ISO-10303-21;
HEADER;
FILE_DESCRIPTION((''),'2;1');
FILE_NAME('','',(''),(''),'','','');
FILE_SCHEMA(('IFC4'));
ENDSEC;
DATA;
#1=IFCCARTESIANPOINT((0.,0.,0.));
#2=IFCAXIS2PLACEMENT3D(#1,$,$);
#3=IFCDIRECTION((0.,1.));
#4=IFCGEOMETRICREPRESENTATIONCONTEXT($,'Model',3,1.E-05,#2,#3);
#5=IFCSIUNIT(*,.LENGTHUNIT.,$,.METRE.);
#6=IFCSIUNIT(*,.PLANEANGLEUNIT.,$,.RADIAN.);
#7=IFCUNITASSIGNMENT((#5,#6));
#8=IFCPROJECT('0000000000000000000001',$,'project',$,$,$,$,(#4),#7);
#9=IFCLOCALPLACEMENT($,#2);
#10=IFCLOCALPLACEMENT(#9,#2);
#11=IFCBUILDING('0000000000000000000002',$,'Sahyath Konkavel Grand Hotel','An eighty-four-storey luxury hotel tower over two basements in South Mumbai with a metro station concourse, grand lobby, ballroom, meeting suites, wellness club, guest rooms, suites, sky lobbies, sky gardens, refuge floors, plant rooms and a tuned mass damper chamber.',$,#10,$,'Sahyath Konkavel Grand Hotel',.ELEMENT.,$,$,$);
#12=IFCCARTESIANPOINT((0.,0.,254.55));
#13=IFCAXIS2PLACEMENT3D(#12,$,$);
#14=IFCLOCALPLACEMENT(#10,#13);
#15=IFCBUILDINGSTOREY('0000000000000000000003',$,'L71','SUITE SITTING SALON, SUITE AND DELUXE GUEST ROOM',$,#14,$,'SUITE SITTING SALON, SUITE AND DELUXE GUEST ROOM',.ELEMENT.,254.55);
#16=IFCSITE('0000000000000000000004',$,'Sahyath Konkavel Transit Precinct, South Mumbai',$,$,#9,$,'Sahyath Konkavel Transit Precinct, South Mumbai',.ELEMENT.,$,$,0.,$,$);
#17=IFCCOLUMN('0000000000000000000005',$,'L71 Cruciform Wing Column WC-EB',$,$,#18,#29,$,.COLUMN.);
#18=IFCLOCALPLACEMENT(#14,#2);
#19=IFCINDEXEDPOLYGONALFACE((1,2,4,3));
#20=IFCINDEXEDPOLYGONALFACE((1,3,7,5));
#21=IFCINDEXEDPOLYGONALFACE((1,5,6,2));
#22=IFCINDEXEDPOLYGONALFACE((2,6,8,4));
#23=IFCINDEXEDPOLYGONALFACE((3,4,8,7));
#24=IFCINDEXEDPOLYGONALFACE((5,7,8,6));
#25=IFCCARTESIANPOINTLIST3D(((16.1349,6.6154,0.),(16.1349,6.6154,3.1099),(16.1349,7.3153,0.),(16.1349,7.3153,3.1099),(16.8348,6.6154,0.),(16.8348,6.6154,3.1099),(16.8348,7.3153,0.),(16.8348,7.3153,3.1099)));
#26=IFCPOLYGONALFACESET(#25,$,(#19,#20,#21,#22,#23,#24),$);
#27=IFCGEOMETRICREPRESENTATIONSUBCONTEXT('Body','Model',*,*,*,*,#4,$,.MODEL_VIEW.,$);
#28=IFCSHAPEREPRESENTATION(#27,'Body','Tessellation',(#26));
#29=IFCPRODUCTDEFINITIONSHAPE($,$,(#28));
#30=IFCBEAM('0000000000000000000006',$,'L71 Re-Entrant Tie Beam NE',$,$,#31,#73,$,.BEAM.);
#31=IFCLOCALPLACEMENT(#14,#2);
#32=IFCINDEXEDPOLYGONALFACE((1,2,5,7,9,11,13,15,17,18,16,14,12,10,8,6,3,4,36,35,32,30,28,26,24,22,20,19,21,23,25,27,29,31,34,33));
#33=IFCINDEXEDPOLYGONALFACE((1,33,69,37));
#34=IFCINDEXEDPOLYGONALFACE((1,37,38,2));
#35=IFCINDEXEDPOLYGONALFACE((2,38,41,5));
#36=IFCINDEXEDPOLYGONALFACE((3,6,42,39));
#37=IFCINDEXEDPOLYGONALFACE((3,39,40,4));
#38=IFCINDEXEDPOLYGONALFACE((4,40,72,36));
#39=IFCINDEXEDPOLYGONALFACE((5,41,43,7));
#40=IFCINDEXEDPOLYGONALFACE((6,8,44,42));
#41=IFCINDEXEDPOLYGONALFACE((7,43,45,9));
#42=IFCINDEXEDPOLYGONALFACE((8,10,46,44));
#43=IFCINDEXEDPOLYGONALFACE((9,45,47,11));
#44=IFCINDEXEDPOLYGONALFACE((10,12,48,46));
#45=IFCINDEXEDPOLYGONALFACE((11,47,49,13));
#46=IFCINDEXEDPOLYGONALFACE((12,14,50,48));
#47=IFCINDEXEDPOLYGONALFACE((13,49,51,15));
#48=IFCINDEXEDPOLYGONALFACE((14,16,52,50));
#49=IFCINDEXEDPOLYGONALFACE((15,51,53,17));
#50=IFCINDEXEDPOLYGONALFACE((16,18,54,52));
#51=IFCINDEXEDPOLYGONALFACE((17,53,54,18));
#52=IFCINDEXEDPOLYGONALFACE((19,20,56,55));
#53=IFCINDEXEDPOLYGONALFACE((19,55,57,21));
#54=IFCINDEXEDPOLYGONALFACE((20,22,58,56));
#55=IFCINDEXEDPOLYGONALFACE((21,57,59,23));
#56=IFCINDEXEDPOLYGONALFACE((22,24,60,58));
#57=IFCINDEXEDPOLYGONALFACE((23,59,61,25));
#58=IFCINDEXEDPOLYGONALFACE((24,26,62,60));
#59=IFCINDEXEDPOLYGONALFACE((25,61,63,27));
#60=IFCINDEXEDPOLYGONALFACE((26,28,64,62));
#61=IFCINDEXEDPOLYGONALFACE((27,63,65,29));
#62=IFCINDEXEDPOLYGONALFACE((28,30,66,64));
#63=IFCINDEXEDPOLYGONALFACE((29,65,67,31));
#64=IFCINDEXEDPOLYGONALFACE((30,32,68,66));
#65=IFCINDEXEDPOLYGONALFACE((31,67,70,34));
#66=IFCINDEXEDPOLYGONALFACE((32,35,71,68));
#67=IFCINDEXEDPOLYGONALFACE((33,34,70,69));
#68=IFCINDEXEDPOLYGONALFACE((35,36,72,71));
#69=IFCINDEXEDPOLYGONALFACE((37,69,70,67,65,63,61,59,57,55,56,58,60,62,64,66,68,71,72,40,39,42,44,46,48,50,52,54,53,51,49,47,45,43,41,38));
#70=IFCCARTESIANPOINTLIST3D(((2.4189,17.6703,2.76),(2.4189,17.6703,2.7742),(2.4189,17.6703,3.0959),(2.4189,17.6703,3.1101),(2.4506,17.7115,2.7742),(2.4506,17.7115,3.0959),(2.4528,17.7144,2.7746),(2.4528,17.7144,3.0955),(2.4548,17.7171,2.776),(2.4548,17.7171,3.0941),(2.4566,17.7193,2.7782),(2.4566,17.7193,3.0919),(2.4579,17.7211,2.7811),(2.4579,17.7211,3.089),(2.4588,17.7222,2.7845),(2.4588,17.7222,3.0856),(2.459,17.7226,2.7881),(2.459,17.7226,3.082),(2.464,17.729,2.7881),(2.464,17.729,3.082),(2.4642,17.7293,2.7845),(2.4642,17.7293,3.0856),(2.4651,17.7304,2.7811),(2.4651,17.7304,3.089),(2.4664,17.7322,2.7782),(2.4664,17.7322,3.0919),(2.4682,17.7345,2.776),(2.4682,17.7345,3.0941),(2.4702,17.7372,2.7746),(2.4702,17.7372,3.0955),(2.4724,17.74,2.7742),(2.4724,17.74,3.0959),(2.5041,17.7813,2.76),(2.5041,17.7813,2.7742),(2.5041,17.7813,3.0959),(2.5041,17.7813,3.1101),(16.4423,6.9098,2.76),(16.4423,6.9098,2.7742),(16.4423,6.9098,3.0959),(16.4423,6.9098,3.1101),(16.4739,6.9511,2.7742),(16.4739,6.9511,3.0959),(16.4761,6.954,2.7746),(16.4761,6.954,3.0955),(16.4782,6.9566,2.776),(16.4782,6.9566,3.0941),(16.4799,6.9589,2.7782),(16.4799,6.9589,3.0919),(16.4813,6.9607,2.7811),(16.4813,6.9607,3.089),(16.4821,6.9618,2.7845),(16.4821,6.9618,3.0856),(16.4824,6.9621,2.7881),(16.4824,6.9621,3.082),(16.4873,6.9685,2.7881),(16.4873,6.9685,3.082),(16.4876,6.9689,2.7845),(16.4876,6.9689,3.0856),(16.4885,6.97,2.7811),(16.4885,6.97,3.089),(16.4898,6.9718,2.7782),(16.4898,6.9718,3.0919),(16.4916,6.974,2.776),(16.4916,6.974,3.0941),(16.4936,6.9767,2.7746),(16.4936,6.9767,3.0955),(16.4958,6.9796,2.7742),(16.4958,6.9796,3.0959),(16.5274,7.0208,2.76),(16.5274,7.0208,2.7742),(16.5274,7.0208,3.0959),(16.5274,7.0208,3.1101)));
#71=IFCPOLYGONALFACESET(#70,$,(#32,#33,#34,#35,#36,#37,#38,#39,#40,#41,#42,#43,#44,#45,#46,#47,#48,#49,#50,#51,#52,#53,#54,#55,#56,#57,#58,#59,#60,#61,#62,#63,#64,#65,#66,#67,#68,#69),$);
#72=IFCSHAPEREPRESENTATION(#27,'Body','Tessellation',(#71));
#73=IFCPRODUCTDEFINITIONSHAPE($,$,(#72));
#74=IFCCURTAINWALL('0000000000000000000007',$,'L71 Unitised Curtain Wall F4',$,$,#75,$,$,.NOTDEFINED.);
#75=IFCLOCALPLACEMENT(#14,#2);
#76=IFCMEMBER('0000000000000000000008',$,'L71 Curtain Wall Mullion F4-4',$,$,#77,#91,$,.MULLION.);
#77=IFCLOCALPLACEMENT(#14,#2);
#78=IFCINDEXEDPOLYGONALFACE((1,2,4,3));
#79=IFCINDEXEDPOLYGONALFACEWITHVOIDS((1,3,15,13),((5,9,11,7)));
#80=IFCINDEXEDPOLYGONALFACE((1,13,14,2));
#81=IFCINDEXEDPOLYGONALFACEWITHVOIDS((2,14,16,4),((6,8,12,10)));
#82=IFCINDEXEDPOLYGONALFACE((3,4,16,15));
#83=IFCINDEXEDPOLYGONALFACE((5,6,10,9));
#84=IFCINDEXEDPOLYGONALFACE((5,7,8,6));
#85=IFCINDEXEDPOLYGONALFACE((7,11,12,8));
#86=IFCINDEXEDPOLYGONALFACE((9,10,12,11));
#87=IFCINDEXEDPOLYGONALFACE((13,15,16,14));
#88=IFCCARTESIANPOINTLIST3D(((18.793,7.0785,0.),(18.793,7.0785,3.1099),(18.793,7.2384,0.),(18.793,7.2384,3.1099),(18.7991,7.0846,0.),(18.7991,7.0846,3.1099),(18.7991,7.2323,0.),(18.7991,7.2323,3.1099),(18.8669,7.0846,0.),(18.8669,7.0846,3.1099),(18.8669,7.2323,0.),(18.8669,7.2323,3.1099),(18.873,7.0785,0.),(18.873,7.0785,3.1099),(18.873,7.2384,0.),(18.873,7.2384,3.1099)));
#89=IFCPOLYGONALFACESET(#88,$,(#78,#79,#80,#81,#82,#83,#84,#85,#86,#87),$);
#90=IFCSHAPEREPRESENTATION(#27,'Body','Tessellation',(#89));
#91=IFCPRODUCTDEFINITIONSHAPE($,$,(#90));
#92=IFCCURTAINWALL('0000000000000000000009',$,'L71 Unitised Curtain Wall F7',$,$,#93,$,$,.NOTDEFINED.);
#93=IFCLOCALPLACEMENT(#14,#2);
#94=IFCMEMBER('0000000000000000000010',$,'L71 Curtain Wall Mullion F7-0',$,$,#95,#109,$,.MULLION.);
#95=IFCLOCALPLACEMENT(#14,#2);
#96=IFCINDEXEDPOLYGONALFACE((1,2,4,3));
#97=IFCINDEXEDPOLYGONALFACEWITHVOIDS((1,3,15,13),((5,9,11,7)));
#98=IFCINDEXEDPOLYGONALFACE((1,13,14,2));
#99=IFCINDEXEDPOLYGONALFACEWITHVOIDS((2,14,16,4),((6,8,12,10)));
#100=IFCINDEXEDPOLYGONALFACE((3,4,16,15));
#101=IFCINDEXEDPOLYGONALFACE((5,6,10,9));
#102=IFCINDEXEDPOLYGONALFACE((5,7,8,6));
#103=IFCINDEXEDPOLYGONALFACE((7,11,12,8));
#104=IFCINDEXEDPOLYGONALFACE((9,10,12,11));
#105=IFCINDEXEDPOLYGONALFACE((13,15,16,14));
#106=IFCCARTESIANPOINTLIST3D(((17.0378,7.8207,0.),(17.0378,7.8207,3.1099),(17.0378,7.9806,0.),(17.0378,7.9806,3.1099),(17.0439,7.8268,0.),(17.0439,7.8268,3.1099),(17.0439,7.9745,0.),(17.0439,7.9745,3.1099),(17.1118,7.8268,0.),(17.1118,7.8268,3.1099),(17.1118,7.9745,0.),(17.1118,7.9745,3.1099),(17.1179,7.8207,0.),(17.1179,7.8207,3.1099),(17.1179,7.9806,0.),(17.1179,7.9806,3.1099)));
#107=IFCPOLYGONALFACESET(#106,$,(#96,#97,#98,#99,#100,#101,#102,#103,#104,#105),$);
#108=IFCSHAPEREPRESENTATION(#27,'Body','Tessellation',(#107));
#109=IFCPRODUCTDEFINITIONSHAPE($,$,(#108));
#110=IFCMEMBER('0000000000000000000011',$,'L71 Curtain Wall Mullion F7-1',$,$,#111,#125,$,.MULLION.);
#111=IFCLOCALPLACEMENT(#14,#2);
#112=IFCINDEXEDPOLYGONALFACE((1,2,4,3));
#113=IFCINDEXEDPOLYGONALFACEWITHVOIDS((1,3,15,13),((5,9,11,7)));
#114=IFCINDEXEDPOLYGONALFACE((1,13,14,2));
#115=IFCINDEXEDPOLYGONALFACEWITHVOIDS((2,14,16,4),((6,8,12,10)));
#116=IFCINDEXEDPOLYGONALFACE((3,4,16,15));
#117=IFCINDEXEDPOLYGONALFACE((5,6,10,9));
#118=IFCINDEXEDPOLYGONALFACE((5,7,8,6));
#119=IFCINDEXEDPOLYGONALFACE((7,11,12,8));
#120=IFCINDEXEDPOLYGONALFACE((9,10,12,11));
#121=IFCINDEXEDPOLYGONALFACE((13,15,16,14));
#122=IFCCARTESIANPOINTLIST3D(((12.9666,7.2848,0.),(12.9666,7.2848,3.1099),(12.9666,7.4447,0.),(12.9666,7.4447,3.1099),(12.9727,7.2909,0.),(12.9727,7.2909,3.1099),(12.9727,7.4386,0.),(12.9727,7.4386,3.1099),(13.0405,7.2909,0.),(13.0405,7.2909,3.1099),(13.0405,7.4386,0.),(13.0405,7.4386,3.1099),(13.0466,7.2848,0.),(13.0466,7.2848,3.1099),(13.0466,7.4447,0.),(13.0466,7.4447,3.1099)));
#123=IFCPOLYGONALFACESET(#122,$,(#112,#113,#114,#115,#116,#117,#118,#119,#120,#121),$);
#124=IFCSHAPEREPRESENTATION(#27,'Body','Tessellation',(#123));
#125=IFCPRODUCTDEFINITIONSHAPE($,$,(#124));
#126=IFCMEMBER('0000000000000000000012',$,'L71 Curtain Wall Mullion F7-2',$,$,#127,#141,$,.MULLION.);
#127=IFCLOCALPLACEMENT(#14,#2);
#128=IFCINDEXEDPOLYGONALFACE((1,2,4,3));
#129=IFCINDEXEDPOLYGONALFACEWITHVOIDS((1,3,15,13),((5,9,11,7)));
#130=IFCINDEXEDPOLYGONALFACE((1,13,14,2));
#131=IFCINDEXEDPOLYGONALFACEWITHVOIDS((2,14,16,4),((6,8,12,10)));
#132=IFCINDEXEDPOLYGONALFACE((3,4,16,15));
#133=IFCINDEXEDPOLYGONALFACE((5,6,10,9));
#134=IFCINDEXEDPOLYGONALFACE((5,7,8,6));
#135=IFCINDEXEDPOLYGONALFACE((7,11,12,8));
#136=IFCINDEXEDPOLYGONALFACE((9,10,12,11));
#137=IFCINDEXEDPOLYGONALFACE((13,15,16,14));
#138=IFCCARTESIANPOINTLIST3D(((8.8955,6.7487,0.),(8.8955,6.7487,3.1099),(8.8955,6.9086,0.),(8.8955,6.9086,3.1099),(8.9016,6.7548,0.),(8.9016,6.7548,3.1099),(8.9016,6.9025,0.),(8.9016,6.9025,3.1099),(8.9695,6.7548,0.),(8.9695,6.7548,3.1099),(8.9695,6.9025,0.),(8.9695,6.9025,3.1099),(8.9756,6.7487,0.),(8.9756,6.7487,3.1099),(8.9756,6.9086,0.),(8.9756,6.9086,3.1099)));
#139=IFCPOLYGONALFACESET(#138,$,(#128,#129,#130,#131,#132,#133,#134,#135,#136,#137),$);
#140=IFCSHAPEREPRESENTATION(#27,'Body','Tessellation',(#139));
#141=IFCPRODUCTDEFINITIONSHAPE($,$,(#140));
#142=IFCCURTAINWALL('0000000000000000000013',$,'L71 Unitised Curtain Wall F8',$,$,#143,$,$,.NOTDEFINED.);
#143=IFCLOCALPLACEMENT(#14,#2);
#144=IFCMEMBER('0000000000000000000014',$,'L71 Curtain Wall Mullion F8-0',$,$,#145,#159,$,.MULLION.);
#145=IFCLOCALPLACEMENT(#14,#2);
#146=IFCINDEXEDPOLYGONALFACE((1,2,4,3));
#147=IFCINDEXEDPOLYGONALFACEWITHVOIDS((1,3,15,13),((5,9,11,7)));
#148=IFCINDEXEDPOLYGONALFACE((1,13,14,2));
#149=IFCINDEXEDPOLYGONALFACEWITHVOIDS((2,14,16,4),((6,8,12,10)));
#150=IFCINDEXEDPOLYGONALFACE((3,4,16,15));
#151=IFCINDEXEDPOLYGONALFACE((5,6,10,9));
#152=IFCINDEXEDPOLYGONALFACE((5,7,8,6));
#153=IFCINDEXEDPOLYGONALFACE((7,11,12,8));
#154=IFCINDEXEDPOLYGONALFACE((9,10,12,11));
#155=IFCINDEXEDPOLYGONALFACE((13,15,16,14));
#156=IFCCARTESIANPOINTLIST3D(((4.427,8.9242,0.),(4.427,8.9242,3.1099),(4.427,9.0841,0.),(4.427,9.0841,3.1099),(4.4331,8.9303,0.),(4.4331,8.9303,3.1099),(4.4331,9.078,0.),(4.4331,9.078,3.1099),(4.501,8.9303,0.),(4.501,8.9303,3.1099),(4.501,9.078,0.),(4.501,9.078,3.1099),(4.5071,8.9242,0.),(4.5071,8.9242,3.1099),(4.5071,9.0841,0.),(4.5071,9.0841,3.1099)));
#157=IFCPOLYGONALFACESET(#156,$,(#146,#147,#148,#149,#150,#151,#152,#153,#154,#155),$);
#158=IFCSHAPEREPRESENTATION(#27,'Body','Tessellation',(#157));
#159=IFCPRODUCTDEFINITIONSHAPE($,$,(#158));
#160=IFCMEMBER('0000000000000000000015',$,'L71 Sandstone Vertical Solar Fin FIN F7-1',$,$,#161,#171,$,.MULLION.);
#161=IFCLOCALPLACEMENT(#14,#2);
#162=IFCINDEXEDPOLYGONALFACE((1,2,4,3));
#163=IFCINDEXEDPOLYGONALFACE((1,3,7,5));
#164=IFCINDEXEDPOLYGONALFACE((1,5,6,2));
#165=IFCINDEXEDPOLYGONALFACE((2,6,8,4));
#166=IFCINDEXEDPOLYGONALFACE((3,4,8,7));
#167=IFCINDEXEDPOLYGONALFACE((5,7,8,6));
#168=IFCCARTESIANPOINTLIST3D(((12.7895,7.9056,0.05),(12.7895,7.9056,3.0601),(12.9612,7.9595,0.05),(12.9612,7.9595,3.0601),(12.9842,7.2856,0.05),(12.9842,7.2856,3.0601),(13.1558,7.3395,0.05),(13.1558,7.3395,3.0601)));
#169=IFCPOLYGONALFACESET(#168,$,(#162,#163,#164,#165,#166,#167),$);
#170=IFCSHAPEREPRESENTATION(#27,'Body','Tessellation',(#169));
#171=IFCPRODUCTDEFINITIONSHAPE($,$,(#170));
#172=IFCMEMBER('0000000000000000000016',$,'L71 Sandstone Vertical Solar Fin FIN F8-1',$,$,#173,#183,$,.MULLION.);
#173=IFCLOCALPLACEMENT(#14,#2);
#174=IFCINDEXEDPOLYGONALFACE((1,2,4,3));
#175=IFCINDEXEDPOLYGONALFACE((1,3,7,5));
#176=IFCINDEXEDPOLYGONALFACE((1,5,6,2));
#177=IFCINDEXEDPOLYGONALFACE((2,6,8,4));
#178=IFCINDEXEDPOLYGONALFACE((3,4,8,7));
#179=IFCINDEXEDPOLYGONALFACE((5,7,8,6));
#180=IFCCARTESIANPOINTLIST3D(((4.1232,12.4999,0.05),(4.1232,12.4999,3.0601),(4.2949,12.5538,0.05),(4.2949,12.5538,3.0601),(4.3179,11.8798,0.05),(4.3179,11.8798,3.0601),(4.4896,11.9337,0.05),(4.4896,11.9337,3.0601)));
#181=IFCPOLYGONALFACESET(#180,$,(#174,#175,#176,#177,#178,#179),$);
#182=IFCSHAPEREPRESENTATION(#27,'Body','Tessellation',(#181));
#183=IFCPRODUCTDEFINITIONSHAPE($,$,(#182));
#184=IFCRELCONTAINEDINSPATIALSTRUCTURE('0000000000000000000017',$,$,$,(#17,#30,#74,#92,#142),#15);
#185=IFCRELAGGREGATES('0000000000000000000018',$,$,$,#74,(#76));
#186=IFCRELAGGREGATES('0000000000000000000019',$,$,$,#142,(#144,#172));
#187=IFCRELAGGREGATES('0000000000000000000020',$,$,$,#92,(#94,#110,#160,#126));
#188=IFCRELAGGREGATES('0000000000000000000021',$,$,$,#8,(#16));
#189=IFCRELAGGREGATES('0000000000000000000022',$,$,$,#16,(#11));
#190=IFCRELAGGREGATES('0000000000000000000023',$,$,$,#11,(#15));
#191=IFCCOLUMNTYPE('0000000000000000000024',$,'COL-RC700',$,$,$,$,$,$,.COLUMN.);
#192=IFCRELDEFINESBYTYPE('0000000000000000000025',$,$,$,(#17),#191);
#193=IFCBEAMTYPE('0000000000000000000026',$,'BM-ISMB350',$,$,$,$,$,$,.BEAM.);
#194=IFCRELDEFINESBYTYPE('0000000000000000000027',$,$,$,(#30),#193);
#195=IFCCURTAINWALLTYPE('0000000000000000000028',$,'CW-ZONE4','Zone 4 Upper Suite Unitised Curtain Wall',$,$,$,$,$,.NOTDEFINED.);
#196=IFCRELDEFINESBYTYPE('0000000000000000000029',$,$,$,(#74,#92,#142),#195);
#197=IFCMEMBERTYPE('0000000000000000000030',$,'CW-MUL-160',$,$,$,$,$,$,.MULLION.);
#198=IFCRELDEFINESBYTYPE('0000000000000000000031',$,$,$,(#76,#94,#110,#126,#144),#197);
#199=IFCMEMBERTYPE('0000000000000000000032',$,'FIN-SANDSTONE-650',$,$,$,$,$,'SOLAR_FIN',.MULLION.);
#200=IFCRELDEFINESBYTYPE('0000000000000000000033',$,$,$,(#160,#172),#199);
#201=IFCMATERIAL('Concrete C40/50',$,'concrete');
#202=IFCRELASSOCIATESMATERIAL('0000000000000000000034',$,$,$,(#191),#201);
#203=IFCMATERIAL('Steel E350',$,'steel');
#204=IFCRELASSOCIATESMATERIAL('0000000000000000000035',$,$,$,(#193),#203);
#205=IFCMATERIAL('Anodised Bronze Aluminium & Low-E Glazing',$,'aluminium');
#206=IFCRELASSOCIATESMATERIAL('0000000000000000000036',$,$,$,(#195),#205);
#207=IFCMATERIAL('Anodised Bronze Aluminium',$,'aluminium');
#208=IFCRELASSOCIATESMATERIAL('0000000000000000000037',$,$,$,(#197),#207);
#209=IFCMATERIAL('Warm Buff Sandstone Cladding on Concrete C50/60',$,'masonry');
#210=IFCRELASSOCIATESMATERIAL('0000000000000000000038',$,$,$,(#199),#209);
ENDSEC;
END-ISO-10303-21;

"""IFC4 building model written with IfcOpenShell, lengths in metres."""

from ifc_helpers import new_model, si_unit, direction, frame, origin, origin_2d, place, context, subcontext, project, spatial, rectangle, hollow_rectangle, i_section, extrude, source, transform, mapped, material, material_profile, profile_set, type_object, element, aggregate, save


model = new_model("IFC4")

# Units and contexts
model_context = context("Model", 3, precision=1e-05, world=origin(), true_north=direction((0.0, 1.0)))
body_context = subcontext(model_context, "Body", "Model", "MODEL_VIEW")
ifc_project = project(units=[si_unit("LENGTHUNIT", "METRE"), si_unit("PLANEANGLEUNIT", "RADIAN")], contexts=[model_context])

# Site, building, storey
site_placement = place(None, origin())
site = spatial("IfcSite", under=ifc_project, at=site_placement, Name="Sahyath Konkavel Transit Precinct, South Mumbai", LongName="Sahyath Konkavel Transit Precinct, South Mumbai", CompositionType="ELEMENT", RefElevation=0.0)
building_placement = place(site_placement, origin())
building = spatial("IfcBuilding", under=site, at=building_placement, Name="Sahyath Konkavel Grand Hotel", Description="An eighty-four-storey luxury hotel tower over two basements in South Mumbai with a metro station concourse, grand lobby, ballroom, meeting suites, wellness club, guest rooms, suites, sky lobbies, sky gardens, refuge floors, plant rooms and a tuned mass damper chamber.", LongName="Sahyath Konkavel Grand Hotel", CompositionType="ELEMENT")
storey_placement = place(building_placement, frame((0.0, 0.0, 254.55)))
storey = spatial("IfcBuildingStorey", under=building, at=storey_placement, Name="L71", Description="SUITE SITTING SALON, SUITE AND DELUXE GUEST ROOM", LongName="SUITE SITTING SALON, SUITE AND DELUXE GUEST ROOM", CompositionType="ELEMENT", Elevation=254.55)

# Column
ifc_material_1 = material(Name="Concrete C40/50", Category="concrete")
ifc_material_profile_1 = material_profile(ifc_material_1, rectangle(XDim=0.7, YDim=0.7, at=origin_2d()), Name="RC 700x700")
ifc_profile_set_1 = profile_set([ifc_material_profile_1], Name="Concrete C40/50")
column_type = type_object("IfcColumnType", Name="COL-RC700", PredefinedType="COLUMN", material=ifc_profile_set_1)
shared_shape_1 = source(origin(), body_context, "Body", "SweptSolid", [
    extrude(rectangle(XDim=0.7, YDim=0.7, at=origin_2d()), origin(), (0.0, 0.0, 1.0), 3.1099),
])
column_placement = place(storey_placement, frame((16.4849, 6.9653, 0.0), z_axis=(0.0, 0.0, 1.0), x_axis=(1.0, 0.0, 0.0)))
element("IfcColumn", 1, at=column_placement, inside=storey, type_object=column_type, Name="L71 Cruciform Wing Column WC-EB", PredefinedType="COLUMN", context=body_context, shape_type="MappedRepresentation", body=[
    mapped(shared_shape_1, transform((0.0, 0.0, 0.0), scale=1.0)),
])

# Beam
ifc_material_2 = material(Name="Steel E350", Category="steel")
ifc_material_profile_2 = material_profile(ifc_material_2, i_section(OverallWidth=0.1399, OverallDepth=0.3501, WebThickness=0.0081, FlangeThickness=0.0142, FilletRadius=0.0139, at=origin_2d()), Name="ISMB 350")
ifc_profile_set_2 = profile_set([ifc_material_profile_2], Name="Steel E350")
beam_type = type_object("IfcBeamType", Name="BM-ISMB350", PredefinedType="BEAM", material=ifc_profile_set_2)
shared_shape_2 = source(origin(), body_context, "Body", "SweptSolid", [
    extrude(i_section(OverallWidth=0.1399, OverallDepth=0.3501, WebThickness=0.0081, FlangeThickness=0.0142, FilletRadius=0.0139, at=origin_2d()), origin(), (0.0, 0.0, 1.0), 17.676),
])
beam_placement = place(storey_placement, frame((16.4849, 6.9653, 2.9351), z_axis=(-0.793355, 0.608759, 0.0), x_axis=(-0.608759, -0.793355, 0.0)))
element("IfcBeam", 2, at=beam_placement, inside=storey, type_object=beam_type, Name="L71 Re-Entrant Tie Beam NE", PredefinedType="BEAM", context=body_context, shape_type="MappedRepresentation", body=[
    mapped(shared_shape_2, transform((0.0, 0.0, 0.0), scale=1.0)),
])

# Curtain wall, member
ifc_material_3 = material(Name="Anodised Bronze Aluminium & Low-E Glazing", Category="aluminium")
curtain_wall_type = type_object("IfcCurtainWallType", Name="CW-ZONE4", Description="Zone 4 Upper Suite Unitised Curtain Wall", PredefinedType="NOTDEFINED", material=ifc_material_3)
curtain_wall_1_placement = place(storey_placement, origin())
curtain_wall_1 = element("IfcCurtainWall", 3, at=curtain_wall_1_placement, inside=storey, type_object=curtain_wall_type, Name="L71 Unitised Curtain Wall F4", PredefinedType="NOTDEFINED")
ifc_material_4 = material(Name="Anodised Bronze Aluminium", Category="aluminium")
ifc_material_profile_3 = material_profile(ifc_material_4, hollow_rectangle(XDim=0.0801, YDim=0.1599, WallThickness=0.0061, at=origin_2d()), Name="RHS 160x80x6")
ifc_profile_set_3 = profile_set([ifc_material_profile_3], Name="Anodised Bronze Aluminium")
member_type_1 = type_object("IfcMemberType", Name="CW-MUL-160", PredefinedType="MULLION", material=ifc_profile_set_3)
shared_shape_3 = source(origin(), body_context, "Body", "SweptSolid", [
    extrude(hollow_rectangle(XDim=0.0801, YDim=0.1599, WallThickness=0.0061, at=origin_2d()), origin(), (0.0, 0.0, 1.0), 3.1099),
])
member_1_placement = place(storey_placement, frame((18.833, 7.1584, 0.0), z_axis=(0.0, 0.0, 1.0), x_axis=(1.0, 0.0, 0.0)))
member_1 = element("IfcMember", 4, at=member_1_placement, type_object=member_type_1, Name="L71 Curtain Wall Mullion F4-4", PredefinedType="MULLION", context=body_context, shape_type="MappedRepresentation", body=[
    mapped(shared_shape_3, transform((0.0, 0.0, 0.0), scale=1.0)),
])
aggregate(curtain_wall_1, [member_1])

# Curtain wall, members
curtain_wall_2_placement = place(storey_placement, origin())
curtain_wall_2 = element("IfcCurtainWall", 5, at=curtain_wall_2_placement, inside=storey, type_object=curtain_wall_type, Name="L71 Unitised Curtain Wall F7", PredefinedType="NOTDEFINED")
member_2_placement = place(storey_placement, frame((17.0779, 7.9006, 0.0), z_axis=(0.0, 0.0, 1.0), x_axis=(1.0, 0.0, 0.0)))
member_2 = element("IfcMember", 6, at=member_2_placement, type_object=member_type_1, Name="L71 Curtain Wall Mullion F7-0", PredefinedType="MULLION", context=body_context, shape_type="MappedRepresentation", body=[
    mapped(shared_shape_3, transform((0.0, 0.0, 0.0), scale=1.0)),
])
member_3_placement = place(storey_placement, frame((13.0066, 7.3647, 0.0), z_axis=(0.0, 0.0, 1.0), x_axis=(1.0, 0.0, 0.0)))
member_3 = element("IfcMember", 7, at=member_3_placement, type_object=member_type_1, Name="L71 Curtain Wall Mullion F7-1", PredefinedType="MULLION", context=body_context, shape_type="MappedRepresentation", body=[
    mapped(shared_shape_3, transform((0.0, 0.0, 0.0), scale=1.0)),
])
member_4_placement = place(storey_placement, frame((8.9355, 6.8286, 0.0), z_axis=(0.0, 0.0, 1.0), x_axis=(1.0, 0.0, 0.0)))
member_4 = element("IfcMember", 8, at=member_4_placement, type_object=member_type_1, Name="L71 Curtain Wall Mullion F7-2", PredefinedType="MULLION", context=body_context, shape_type="MappedRepresentation", body=[
    mapped(shared_shape_3, transform((0.0, 0.0, 0.0), scale=1.0)),
])

# Curtain wall, member
curtain_wall_3_placement = place(storey_placement, origin())
curtain_wall_3 = element("IfcCurtainWall", 9, at=curtain_wall_3_placement, inside=storey, type_object=curtain_wall_type, Name="L71 Unitised Curtain Wall F8", PredefinedType="NOTDEFINED")
member_5_placement = place(storey_placement, frame((4.467, 9.0042, 0.0), z_axis=(0.0, 0.0, 1.0), x_axis=(1.0, 0.0, 0.0)))
member_5 = element("IfcMember", 10, at=member_5_placement, type_object=member_type_1, Name="L71 Curtain Wall Mullion F8-0", PredefinedType="MULLION", context=body_context, shape_type="MappedRepresentation", body=[
    mapped(shared_shape_3, transform((0.0, 0.0, 0.0), scale=1.0)),
])

# Members
ifc_material_5 = material(Name="Warm Buff Sandstone Cladding on Concrete C50/60", Category="masonry")
ifc_material_profile_4 = material_profile(ifc_material_5, rectangle(XDim=0.1799, YDim=0.6499, at=origin_2d()), Name="FIN 180x650")
ifc_profile_set_4 = profile_set([ifc_material_profile_4], Name="Warm Buff Sandstone Cladding on Concrete C50/60")
member_type_2 = type_object("IfcMemberType", Name="FIN-SANDSTONE-650", ElementType="SOLAR_FIN", PredefinedType="MULLION", material=ifc_profile_set_4)
shared_shape_4 = source(origin(), body_context, "Body", "SweptSolid", [
    extrude(rectangle(XDim=0.1799, YDim=0.6499, at=origin_2d()), origin(), (0.0, 0.0, 1.0), 3.01),
])
member_6_placement = place(storey_placement, frame((12.9727, 7.6226, 0.05), z_axis=(0.0, 0.0, 1.0), x_axis=(0.954084, 0.29954, 0.0)))
member_6 = element("IfcMember", 11, at=member_6_placement, type_object=member_type_2, Name="L71 Sandstone Vertical Solar Fin FIN F7-1", PredefinedType="MULLION", context=body_context, shape_type="MappedRepresentation", body=[
    mapped(shared_shape_4, transform((0.0, 0.0, 0.0), scale=1.0)),
])
member_7_placement = place(storey_placement, frame((4.3064, 12.2168, 0.05), z_axis=(0.0, 0.0, 1.0), x_axis=(0.954084, 0.29954, 0.0)))
member_7 = element("IfcMember", 12, at=member_7_placement, type_object=member_type_2, Name="L71 Sandstone Vertical Solar Fin FIN F8-1", PredefinedType="MULLION", context=body_context, shape_type="MappedRepresentation", body=[
    mapped(shared_shape_4, transform((0.0, 0.0, 0.0), scale=1.0)),
])

aggregate(curtain_wall_3, [member_5, member_7])
aggregate(curtain_wall_2, [member_2, member_3, member_6, member_4])

save(model, "model.ifc")
